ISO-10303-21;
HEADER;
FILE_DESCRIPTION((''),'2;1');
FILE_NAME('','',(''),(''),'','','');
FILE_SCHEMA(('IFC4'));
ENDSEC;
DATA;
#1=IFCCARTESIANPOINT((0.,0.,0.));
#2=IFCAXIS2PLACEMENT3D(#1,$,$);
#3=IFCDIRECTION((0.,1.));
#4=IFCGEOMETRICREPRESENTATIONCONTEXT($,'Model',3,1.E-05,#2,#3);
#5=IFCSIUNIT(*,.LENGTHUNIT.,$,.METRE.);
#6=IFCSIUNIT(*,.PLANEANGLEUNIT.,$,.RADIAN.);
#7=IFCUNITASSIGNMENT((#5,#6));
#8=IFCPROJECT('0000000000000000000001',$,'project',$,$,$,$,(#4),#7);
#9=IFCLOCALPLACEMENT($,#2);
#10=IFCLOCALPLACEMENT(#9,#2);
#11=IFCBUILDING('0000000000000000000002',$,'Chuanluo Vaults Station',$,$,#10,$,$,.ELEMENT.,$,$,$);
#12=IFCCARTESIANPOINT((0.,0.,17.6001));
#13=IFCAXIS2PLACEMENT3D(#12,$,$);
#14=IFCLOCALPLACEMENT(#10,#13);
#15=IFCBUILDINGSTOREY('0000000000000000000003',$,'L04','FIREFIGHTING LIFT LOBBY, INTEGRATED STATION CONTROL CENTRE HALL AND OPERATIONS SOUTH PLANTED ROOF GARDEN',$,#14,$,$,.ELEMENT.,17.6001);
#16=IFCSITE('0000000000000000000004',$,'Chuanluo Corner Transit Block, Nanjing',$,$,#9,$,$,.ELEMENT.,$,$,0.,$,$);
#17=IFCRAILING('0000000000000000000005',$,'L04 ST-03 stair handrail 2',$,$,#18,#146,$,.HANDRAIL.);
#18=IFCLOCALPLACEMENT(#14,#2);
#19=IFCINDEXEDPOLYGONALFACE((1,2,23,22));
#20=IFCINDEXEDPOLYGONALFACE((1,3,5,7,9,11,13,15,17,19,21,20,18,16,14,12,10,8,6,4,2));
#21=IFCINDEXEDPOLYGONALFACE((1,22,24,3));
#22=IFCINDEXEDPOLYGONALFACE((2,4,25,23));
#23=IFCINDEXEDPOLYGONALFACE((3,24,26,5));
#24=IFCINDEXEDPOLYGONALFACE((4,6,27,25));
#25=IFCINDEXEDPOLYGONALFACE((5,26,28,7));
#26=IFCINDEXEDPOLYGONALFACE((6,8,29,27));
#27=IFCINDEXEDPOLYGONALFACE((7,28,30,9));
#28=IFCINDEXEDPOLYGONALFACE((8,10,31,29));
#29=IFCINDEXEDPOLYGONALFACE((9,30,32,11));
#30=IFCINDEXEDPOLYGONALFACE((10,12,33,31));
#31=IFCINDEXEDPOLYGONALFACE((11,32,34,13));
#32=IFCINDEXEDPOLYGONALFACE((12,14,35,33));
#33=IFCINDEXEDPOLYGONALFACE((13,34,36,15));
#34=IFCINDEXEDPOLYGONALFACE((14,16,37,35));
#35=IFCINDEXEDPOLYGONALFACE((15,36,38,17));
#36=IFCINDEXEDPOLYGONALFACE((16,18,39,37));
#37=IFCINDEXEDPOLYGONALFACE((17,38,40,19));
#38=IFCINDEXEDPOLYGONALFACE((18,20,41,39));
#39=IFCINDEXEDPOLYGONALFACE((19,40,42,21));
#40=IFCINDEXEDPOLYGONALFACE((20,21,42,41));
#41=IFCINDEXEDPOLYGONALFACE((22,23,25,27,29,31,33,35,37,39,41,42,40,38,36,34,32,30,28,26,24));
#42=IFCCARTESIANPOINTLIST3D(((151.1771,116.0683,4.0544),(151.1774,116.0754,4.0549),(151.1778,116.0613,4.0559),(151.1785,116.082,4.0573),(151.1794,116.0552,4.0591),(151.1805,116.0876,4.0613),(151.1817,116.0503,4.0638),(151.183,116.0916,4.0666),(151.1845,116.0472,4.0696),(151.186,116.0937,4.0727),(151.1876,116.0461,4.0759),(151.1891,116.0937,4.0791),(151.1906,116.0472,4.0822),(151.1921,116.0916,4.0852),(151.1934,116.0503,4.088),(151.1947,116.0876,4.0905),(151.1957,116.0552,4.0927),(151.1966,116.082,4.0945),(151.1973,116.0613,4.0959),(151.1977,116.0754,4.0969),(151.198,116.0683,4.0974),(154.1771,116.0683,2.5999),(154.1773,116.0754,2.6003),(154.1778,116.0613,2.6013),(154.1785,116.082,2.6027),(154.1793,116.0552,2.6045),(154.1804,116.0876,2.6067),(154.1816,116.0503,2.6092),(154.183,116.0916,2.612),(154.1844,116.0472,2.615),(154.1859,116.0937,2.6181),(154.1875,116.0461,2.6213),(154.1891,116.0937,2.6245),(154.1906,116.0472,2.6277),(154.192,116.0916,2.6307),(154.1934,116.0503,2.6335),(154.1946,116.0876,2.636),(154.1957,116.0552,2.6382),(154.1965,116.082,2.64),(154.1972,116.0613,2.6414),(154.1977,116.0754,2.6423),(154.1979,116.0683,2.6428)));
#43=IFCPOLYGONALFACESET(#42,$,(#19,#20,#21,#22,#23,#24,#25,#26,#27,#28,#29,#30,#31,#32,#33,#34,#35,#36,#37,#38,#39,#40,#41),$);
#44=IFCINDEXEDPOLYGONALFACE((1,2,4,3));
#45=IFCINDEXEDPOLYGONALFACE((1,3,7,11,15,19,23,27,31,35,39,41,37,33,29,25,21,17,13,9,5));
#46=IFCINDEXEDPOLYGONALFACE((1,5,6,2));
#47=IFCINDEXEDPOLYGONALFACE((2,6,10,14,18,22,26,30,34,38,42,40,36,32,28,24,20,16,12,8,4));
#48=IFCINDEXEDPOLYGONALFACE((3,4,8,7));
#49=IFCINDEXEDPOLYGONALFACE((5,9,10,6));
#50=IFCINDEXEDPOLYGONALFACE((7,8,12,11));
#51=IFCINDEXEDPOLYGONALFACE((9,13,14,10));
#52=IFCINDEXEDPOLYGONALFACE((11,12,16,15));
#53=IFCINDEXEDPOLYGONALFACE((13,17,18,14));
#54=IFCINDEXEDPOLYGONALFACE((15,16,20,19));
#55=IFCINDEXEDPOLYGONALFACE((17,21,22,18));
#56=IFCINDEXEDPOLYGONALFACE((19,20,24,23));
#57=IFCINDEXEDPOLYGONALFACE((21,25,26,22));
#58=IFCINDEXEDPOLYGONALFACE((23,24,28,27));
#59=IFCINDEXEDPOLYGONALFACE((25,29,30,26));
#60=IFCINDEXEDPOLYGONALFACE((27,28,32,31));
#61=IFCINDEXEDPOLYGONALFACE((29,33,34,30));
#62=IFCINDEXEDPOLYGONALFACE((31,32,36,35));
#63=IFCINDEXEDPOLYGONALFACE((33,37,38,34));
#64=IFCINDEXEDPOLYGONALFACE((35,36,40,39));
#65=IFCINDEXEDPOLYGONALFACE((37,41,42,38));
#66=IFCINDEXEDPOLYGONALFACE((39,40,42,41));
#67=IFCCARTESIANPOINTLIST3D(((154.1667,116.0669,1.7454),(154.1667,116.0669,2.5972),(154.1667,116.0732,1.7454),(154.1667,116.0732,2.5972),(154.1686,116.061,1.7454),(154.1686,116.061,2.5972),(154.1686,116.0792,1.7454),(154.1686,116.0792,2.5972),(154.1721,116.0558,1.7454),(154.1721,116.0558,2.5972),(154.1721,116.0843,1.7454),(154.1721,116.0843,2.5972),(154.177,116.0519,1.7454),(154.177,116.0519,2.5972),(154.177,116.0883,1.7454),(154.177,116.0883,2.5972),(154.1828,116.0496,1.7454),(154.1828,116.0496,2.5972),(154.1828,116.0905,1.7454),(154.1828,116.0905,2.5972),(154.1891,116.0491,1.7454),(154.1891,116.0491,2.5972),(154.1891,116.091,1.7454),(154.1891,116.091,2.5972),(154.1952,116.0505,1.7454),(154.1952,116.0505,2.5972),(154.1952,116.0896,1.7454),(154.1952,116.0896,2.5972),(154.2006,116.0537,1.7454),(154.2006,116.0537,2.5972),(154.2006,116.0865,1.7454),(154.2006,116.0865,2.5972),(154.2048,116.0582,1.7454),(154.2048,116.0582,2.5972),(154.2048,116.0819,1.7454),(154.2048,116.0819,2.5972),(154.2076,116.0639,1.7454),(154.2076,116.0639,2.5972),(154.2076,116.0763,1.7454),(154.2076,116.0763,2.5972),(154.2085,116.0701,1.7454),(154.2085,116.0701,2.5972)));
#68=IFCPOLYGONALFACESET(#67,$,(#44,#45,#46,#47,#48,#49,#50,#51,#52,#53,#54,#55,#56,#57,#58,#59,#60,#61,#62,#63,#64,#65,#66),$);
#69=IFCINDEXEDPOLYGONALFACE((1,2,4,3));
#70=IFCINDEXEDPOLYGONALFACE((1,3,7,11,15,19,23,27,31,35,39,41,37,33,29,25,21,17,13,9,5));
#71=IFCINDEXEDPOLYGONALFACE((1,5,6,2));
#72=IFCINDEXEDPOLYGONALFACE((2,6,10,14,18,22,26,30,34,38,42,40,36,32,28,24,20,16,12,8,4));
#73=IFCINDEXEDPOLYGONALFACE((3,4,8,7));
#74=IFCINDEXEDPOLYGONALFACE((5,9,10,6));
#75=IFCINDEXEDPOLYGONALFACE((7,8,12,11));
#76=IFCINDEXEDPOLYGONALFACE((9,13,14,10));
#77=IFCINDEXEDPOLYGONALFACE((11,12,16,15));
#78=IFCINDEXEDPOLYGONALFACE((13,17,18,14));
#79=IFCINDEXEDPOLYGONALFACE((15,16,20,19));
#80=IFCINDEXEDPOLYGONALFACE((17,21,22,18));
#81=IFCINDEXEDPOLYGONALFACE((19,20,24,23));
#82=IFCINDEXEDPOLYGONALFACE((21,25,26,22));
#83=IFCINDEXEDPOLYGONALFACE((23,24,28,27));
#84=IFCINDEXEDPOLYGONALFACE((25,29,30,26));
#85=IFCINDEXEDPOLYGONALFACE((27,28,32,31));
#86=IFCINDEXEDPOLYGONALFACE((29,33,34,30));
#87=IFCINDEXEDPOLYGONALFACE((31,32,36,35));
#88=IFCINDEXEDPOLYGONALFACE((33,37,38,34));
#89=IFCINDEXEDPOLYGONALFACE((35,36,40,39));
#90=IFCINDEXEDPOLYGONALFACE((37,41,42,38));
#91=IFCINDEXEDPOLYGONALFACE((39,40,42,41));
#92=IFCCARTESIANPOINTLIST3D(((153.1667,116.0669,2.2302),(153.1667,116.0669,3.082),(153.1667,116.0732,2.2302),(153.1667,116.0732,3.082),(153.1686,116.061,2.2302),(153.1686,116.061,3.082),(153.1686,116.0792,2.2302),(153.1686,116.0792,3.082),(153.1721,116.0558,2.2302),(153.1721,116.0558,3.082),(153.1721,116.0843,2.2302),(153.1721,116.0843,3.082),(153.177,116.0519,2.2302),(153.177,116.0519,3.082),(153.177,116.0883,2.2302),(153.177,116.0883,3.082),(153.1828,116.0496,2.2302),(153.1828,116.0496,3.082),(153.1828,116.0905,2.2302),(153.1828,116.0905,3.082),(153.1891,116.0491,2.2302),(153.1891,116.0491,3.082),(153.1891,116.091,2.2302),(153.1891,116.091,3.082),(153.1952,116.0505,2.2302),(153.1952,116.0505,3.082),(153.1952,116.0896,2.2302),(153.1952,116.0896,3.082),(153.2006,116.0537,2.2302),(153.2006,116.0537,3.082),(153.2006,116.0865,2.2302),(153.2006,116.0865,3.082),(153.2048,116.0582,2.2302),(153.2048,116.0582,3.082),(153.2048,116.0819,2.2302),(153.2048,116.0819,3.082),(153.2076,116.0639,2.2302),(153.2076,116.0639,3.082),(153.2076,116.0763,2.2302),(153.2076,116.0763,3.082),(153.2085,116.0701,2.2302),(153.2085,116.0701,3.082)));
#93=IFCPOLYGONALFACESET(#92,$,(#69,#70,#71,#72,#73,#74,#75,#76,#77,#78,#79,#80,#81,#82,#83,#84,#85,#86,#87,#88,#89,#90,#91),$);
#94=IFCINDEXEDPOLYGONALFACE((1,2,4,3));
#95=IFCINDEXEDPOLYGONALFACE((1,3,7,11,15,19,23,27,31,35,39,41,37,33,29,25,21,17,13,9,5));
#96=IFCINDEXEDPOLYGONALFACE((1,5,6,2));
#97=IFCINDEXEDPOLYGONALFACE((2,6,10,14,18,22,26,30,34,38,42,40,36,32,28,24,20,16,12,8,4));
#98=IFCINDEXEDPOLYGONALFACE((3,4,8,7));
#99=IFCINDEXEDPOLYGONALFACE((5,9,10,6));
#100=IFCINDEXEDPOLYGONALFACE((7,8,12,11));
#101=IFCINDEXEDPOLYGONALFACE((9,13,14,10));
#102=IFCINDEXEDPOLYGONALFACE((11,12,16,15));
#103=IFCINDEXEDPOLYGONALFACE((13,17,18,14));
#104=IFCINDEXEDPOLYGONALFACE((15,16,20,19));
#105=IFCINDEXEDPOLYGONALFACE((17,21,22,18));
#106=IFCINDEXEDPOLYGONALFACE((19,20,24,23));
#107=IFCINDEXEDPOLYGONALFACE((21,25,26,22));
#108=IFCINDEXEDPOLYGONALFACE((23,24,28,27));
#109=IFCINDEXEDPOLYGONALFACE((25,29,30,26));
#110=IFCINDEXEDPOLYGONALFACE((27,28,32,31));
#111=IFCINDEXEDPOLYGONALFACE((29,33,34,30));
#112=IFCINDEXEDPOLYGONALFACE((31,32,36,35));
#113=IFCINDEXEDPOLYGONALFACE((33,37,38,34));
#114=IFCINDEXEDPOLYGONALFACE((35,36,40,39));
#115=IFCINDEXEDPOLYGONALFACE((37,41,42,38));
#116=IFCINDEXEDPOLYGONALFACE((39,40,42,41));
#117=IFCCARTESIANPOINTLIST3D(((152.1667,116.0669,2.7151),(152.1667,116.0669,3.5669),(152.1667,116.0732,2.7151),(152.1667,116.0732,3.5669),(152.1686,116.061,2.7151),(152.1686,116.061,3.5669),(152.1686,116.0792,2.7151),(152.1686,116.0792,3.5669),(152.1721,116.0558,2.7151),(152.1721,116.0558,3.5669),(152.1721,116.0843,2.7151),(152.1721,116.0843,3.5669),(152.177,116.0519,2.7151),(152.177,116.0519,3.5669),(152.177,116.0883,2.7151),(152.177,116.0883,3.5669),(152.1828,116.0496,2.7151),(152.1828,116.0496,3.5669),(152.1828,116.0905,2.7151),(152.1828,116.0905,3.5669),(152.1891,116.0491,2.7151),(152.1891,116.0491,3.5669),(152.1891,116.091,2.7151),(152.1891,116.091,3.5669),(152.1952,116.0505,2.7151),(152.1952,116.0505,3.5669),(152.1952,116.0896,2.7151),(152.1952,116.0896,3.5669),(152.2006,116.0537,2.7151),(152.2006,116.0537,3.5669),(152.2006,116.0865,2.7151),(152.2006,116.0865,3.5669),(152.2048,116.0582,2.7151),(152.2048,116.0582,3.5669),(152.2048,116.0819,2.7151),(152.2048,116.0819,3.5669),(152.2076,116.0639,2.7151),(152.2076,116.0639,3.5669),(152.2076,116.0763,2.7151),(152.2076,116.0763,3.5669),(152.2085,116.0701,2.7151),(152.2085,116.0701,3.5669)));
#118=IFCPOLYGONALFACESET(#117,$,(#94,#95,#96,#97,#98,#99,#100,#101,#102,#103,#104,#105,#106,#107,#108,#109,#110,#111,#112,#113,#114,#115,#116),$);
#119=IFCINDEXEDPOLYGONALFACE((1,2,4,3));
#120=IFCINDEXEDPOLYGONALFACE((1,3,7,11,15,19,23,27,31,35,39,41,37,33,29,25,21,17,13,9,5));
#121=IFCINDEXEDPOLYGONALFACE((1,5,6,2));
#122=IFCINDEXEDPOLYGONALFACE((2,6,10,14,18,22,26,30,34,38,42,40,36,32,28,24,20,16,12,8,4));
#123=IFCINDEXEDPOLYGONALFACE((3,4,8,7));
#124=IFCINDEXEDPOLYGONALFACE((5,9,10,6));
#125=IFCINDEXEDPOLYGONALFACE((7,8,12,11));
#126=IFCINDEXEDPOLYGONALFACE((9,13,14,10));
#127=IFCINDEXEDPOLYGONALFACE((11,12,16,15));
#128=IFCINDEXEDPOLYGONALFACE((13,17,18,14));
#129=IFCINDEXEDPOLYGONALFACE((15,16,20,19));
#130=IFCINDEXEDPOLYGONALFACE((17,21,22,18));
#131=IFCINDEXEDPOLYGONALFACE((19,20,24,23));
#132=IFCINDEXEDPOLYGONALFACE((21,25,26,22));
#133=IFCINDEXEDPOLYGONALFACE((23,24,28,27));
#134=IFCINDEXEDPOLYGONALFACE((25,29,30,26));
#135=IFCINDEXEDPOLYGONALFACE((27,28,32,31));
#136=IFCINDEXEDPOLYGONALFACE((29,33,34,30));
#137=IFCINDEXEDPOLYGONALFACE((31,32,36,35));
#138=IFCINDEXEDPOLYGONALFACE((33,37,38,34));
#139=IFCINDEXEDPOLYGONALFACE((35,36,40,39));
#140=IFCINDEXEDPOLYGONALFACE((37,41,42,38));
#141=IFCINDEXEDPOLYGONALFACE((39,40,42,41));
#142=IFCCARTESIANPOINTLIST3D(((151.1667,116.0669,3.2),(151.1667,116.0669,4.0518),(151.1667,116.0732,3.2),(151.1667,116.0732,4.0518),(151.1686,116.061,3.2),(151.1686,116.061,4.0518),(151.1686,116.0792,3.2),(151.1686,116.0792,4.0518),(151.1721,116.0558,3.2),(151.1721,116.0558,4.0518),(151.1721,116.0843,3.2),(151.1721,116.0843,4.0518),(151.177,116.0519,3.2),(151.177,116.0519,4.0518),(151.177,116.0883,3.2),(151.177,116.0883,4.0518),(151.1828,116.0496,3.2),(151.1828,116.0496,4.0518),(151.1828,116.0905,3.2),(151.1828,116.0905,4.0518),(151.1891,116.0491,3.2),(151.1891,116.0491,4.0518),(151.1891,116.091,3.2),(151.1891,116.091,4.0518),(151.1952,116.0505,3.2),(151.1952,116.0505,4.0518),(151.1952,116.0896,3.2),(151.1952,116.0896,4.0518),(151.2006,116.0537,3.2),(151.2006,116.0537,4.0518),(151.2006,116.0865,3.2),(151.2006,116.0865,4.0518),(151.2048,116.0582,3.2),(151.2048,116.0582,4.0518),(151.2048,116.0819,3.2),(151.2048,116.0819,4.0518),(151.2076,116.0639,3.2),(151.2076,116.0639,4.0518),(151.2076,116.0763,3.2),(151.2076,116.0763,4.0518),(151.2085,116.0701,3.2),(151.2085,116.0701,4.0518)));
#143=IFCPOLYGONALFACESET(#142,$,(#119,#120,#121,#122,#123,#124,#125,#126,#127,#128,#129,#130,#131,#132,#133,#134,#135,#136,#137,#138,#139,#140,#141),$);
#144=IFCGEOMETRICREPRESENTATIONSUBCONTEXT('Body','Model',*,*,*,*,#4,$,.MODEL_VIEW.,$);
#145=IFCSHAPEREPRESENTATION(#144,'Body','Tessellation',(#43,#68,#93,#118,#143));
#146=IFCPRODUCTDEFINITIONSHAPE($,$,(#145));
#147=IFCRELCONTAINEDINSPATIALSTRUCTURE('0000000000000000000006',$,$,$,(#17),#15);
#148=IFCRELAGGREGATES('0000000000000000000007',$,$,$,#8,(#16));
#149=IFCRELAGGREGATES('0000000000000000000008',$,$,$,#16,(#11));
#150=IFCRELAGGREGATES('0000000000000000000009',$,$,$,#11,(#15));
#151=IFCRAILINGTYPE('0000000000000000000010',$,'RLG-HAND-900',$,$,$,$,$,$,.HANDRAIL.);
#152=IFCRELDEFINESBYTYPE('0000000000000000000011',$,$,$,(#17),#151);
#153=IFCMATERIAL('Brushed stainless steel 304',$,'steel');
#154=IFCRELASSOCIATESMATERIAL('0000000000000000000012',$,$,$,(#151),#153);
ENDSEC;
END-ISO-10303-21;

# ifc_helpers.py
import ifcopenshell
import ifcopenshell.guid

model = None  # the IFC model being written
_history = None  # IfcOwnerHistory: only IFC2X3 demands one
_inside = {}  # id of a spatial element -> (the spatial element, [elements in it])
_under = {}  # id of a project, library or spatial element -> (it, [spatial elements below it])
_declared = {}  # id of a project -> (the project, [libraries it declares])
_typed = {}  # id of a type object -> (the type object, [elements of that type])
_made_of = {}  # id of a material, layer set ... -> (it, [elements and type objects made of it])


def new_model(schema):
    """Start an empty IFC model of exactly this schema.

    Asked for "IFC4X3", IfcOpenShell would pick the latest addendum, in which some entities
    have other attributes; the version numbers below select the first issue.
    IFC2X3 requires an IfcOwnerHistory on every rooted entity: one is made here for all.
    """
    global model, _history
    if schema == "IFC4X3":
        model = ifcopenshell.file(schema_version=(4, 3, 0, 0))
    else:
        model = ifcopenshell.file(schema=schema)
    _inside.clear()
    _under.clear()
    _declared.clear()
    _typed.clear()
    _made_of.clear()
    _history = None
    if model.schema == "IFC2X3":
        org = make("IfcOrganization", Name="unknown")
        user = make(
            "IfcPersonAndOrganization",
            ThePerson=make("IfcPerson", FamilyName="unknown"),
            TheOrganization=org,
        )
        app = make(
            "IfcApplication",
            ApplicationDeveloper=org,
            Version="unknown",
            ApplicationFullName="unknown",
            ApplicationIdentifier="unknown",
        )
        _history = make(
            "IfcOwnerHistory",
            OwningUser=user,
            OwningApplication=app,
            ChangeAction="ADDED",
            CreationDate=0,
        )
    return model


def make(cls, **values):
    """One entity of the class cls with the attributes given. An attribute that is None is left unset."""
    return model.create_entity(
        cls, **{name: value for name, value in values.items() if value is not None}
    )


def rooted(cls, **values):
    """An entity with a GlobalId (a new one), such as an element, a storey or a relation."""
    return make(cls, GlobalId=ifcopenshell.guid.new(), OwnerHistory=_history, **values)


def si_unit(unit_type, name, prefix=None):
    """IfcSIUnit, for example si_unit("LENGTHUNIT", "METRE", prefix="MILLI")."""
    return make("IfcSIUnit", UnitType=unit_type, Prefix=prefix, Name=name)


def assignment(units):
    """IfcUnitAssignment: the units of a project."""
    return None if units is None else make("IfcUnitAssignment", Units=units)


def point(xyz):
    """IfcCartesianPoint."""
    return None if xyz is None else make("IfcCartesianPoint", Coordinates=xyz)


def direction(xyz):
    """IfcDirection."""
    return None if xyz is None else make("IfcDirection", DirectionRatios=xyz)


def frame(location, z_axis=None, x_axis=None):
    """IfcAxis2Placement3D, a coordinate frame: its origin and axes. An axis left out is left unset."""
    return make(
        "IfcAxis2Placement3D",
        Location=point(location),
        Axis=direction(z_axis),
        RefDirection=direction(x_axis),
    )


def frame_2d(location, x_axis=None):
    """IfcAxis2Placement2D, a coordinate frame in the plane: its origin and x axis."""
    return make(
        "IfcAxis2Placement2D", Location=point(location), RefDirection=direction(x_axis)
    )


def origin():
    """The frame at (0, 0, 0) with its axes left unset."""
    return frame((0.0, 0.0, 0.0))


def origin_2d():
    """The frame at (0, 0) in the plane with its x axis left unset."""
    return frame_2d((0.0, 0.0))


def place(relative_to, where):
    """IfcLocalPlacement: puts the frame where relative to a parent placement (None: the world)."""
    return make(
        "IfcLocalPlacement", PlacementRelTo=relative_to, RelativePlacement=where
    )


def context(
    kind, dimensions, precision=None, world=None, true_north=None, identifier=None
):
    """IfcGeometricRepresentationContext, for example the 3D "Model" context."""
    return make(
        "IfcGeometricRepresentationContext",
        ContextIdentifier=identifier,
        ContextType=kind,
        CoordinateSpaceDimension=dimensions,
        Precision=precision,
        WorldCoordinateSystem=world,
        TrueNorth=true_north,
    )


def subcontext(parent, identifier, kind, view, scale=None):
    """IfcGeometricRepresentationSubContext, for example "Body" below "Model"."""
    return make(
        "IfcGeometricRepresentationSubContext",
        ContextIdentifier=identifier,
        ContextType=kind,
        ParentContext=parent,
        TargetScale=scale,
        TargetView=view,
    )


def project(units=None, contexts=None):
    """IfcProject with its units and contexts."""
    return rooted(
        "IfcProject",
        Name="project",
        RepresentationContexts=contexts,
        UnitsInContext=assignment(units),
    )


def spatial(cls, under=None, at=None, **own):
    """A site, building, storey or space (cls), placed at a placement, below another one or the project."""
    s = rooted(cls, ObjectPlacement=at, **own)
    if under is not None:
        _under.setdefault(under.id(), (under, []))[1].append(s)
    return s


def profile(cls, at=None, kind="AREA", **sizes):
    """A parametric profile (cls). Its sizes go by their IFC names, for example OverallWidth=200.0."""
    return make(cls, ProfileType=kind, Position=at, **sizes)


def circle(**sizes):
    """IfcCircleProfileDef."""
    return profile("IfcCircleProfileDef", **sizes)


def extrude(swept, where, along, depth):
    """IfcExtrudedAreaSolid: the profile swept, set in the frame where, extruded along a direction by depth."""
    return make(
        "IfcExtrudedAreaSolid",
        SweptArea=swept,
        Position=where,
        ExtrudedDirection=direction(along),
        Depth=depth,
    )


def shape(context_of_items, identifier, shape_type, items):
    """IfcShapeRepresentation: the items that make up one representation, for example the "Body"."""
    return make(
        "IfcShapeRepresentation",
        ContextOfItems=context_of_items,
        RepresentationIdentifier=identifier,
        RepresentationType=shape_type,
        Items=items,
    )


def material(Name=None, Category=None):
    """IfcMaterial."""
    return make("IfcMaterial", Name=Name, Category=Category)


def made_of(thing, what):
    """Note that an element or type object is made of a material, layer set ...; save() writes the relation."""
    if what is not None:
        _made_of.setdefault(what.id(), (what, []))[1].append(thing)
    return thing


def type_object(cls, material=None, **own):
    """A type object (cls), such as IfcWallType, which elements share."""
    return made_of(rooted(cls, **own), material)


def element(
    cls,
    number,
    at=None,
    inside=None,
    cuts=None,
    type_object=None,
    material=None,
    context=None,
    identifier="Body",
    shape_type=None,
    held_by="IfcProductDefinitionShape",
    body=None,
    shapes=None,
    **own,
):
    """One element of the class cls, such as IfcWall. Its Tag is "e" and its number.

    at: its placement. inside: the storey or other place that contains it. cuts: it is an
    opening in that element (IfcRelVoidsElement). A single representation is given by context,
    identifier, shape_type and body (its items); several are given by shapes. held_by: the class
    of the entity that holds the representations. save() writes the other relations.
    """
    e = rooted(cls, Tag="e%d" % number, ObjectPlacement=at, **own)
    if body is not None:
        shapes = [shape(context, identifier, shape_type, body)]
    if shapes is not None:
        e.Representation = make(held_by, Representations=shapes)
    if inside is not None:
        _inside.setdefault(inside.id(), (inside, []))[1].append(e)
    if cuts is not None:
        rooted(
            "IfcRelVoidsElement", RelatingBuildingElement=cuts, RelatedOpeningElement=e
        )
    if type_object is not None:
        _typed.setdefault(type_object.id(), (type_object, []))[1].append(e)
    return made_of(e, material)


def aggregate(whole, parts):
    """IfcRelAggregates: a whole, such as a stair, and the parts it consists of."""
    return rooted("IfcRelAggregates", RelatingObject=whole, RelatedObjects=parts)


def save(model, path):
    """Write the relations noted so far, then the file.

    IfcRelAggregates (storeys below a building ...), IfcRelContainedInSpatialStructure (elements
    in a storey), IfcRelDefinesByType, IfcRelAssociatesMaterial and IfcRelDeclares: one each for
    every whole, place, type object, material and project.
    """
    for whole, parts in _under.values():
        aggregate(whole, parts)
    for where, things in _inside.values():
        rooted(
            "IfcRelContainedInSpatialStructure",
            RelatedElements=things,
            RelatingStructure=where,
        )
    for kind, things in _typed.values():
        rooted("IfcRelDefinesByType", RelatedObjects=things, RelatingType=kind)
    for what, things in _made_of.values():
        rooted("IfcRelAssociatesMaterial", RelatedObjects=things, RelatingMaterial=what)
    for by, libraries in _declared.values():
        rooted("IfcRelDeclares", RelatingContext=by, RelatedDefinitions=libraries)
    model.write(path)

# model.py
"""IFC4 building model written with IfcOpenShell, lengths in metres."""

from ifc_helpers import new_model, si_unit, direction, frame, origin, origin_2d, place, context, subcontext, project, spatial, circle, extrude, material, type_object, element, save


model = new_model("IFC4")

# Units and contexts
model_context = context("Model", 3, precision=1e-05, world=origin(), true_north=direction((0.0, 1.0)))
body_context = subcontext(model_context, "Body", "Model", "MODEL_VIEW")
ifc_project = project(units=[si_unit("LENGTHUNIT", "METRE"), si_unit("PLANEANGLEUNIT", "RADIAN")], contexts=[model_context])

# Site, building, storey
site_placement = place(None, origin())
site = spatial("IfcSite", under=ifc_project, at=site_placement, Name="Chuanluo Corner Transit Block, Nanjing", CompositionType="ELEMENT", RefElevation=0.0)
building_placement = place(site_placement, origin())
building = spatial("IfcBuilding", under=site, at=building_placement, Name="Chuanluo Vaults Station", CompositionType="ELEMENT")
storey_placement = place(building_placement, frame((0.0, 0.0, 17.6001)))
storey = spatial("IfcBuildingStorey", under=building, at=storey_placement, Name="L04", Description="FIREFIGHTING LIFT LOBBY, INTEGRATED STATION CONTROL CENTRE HALL AND OPERATIONS SOUTH PLANTED ROOF GARDEN", CompositionType="ELEMENT", Elevation=17.6001)

# Railing
ifc_material_1 = material(Name="Brushed stainless steel 304", Category="steel")
railing_type_1 = type_object("IfcRailingType", Name="RLG-HAND-900", PredefinedType="HANDRAIL", material=ifc_material_1)
railing_1_placement = place(storey_placement, frame((154.1875, 116.0701, 1.7454)))
element("IfcRailing", 1, at=railing_1_placement, inside=storey, type_object=railing_type_1, Name="L04 ST-03 stair handrail 2", PredefinedType="HANDRAIL", context=body_context, shape_type="SweptSolid", body=[
    extrude(circle(Radius=0.0239, at=origin_2d()), frame((0.0, 0.0, 0.876), z_axis=(-0.899809, 0.0, 0.436284), x_axis=(0.0, -1.0, 0.0)), (0.0, 0.0, 1.0), 3.334),
    extrude(circle(Radius=0.021, at=origin_2d()), origin(), (0.0, 0.0, 1.0), 0.8518),
    extrude(circle(Radius=0.021, at=origin_2d()), frame((-1.0, 0.0, 0.4849)), (0.0, 0.0, 1.0), 0.8518),
    extrude(circle(Radius=0.021, at=origin_2d()), frame((-2.0, 0.0, 0.9697)), (0.0, 0.0, 1.0), 0.8518),
    extrude(circle(Radius=0.021, at=origin_2d()), frame((-3.0, 0.0, 1.4546)), (0.0, 0.0, 1.0), 0.8518),
])

save(model, "model.ifc")
